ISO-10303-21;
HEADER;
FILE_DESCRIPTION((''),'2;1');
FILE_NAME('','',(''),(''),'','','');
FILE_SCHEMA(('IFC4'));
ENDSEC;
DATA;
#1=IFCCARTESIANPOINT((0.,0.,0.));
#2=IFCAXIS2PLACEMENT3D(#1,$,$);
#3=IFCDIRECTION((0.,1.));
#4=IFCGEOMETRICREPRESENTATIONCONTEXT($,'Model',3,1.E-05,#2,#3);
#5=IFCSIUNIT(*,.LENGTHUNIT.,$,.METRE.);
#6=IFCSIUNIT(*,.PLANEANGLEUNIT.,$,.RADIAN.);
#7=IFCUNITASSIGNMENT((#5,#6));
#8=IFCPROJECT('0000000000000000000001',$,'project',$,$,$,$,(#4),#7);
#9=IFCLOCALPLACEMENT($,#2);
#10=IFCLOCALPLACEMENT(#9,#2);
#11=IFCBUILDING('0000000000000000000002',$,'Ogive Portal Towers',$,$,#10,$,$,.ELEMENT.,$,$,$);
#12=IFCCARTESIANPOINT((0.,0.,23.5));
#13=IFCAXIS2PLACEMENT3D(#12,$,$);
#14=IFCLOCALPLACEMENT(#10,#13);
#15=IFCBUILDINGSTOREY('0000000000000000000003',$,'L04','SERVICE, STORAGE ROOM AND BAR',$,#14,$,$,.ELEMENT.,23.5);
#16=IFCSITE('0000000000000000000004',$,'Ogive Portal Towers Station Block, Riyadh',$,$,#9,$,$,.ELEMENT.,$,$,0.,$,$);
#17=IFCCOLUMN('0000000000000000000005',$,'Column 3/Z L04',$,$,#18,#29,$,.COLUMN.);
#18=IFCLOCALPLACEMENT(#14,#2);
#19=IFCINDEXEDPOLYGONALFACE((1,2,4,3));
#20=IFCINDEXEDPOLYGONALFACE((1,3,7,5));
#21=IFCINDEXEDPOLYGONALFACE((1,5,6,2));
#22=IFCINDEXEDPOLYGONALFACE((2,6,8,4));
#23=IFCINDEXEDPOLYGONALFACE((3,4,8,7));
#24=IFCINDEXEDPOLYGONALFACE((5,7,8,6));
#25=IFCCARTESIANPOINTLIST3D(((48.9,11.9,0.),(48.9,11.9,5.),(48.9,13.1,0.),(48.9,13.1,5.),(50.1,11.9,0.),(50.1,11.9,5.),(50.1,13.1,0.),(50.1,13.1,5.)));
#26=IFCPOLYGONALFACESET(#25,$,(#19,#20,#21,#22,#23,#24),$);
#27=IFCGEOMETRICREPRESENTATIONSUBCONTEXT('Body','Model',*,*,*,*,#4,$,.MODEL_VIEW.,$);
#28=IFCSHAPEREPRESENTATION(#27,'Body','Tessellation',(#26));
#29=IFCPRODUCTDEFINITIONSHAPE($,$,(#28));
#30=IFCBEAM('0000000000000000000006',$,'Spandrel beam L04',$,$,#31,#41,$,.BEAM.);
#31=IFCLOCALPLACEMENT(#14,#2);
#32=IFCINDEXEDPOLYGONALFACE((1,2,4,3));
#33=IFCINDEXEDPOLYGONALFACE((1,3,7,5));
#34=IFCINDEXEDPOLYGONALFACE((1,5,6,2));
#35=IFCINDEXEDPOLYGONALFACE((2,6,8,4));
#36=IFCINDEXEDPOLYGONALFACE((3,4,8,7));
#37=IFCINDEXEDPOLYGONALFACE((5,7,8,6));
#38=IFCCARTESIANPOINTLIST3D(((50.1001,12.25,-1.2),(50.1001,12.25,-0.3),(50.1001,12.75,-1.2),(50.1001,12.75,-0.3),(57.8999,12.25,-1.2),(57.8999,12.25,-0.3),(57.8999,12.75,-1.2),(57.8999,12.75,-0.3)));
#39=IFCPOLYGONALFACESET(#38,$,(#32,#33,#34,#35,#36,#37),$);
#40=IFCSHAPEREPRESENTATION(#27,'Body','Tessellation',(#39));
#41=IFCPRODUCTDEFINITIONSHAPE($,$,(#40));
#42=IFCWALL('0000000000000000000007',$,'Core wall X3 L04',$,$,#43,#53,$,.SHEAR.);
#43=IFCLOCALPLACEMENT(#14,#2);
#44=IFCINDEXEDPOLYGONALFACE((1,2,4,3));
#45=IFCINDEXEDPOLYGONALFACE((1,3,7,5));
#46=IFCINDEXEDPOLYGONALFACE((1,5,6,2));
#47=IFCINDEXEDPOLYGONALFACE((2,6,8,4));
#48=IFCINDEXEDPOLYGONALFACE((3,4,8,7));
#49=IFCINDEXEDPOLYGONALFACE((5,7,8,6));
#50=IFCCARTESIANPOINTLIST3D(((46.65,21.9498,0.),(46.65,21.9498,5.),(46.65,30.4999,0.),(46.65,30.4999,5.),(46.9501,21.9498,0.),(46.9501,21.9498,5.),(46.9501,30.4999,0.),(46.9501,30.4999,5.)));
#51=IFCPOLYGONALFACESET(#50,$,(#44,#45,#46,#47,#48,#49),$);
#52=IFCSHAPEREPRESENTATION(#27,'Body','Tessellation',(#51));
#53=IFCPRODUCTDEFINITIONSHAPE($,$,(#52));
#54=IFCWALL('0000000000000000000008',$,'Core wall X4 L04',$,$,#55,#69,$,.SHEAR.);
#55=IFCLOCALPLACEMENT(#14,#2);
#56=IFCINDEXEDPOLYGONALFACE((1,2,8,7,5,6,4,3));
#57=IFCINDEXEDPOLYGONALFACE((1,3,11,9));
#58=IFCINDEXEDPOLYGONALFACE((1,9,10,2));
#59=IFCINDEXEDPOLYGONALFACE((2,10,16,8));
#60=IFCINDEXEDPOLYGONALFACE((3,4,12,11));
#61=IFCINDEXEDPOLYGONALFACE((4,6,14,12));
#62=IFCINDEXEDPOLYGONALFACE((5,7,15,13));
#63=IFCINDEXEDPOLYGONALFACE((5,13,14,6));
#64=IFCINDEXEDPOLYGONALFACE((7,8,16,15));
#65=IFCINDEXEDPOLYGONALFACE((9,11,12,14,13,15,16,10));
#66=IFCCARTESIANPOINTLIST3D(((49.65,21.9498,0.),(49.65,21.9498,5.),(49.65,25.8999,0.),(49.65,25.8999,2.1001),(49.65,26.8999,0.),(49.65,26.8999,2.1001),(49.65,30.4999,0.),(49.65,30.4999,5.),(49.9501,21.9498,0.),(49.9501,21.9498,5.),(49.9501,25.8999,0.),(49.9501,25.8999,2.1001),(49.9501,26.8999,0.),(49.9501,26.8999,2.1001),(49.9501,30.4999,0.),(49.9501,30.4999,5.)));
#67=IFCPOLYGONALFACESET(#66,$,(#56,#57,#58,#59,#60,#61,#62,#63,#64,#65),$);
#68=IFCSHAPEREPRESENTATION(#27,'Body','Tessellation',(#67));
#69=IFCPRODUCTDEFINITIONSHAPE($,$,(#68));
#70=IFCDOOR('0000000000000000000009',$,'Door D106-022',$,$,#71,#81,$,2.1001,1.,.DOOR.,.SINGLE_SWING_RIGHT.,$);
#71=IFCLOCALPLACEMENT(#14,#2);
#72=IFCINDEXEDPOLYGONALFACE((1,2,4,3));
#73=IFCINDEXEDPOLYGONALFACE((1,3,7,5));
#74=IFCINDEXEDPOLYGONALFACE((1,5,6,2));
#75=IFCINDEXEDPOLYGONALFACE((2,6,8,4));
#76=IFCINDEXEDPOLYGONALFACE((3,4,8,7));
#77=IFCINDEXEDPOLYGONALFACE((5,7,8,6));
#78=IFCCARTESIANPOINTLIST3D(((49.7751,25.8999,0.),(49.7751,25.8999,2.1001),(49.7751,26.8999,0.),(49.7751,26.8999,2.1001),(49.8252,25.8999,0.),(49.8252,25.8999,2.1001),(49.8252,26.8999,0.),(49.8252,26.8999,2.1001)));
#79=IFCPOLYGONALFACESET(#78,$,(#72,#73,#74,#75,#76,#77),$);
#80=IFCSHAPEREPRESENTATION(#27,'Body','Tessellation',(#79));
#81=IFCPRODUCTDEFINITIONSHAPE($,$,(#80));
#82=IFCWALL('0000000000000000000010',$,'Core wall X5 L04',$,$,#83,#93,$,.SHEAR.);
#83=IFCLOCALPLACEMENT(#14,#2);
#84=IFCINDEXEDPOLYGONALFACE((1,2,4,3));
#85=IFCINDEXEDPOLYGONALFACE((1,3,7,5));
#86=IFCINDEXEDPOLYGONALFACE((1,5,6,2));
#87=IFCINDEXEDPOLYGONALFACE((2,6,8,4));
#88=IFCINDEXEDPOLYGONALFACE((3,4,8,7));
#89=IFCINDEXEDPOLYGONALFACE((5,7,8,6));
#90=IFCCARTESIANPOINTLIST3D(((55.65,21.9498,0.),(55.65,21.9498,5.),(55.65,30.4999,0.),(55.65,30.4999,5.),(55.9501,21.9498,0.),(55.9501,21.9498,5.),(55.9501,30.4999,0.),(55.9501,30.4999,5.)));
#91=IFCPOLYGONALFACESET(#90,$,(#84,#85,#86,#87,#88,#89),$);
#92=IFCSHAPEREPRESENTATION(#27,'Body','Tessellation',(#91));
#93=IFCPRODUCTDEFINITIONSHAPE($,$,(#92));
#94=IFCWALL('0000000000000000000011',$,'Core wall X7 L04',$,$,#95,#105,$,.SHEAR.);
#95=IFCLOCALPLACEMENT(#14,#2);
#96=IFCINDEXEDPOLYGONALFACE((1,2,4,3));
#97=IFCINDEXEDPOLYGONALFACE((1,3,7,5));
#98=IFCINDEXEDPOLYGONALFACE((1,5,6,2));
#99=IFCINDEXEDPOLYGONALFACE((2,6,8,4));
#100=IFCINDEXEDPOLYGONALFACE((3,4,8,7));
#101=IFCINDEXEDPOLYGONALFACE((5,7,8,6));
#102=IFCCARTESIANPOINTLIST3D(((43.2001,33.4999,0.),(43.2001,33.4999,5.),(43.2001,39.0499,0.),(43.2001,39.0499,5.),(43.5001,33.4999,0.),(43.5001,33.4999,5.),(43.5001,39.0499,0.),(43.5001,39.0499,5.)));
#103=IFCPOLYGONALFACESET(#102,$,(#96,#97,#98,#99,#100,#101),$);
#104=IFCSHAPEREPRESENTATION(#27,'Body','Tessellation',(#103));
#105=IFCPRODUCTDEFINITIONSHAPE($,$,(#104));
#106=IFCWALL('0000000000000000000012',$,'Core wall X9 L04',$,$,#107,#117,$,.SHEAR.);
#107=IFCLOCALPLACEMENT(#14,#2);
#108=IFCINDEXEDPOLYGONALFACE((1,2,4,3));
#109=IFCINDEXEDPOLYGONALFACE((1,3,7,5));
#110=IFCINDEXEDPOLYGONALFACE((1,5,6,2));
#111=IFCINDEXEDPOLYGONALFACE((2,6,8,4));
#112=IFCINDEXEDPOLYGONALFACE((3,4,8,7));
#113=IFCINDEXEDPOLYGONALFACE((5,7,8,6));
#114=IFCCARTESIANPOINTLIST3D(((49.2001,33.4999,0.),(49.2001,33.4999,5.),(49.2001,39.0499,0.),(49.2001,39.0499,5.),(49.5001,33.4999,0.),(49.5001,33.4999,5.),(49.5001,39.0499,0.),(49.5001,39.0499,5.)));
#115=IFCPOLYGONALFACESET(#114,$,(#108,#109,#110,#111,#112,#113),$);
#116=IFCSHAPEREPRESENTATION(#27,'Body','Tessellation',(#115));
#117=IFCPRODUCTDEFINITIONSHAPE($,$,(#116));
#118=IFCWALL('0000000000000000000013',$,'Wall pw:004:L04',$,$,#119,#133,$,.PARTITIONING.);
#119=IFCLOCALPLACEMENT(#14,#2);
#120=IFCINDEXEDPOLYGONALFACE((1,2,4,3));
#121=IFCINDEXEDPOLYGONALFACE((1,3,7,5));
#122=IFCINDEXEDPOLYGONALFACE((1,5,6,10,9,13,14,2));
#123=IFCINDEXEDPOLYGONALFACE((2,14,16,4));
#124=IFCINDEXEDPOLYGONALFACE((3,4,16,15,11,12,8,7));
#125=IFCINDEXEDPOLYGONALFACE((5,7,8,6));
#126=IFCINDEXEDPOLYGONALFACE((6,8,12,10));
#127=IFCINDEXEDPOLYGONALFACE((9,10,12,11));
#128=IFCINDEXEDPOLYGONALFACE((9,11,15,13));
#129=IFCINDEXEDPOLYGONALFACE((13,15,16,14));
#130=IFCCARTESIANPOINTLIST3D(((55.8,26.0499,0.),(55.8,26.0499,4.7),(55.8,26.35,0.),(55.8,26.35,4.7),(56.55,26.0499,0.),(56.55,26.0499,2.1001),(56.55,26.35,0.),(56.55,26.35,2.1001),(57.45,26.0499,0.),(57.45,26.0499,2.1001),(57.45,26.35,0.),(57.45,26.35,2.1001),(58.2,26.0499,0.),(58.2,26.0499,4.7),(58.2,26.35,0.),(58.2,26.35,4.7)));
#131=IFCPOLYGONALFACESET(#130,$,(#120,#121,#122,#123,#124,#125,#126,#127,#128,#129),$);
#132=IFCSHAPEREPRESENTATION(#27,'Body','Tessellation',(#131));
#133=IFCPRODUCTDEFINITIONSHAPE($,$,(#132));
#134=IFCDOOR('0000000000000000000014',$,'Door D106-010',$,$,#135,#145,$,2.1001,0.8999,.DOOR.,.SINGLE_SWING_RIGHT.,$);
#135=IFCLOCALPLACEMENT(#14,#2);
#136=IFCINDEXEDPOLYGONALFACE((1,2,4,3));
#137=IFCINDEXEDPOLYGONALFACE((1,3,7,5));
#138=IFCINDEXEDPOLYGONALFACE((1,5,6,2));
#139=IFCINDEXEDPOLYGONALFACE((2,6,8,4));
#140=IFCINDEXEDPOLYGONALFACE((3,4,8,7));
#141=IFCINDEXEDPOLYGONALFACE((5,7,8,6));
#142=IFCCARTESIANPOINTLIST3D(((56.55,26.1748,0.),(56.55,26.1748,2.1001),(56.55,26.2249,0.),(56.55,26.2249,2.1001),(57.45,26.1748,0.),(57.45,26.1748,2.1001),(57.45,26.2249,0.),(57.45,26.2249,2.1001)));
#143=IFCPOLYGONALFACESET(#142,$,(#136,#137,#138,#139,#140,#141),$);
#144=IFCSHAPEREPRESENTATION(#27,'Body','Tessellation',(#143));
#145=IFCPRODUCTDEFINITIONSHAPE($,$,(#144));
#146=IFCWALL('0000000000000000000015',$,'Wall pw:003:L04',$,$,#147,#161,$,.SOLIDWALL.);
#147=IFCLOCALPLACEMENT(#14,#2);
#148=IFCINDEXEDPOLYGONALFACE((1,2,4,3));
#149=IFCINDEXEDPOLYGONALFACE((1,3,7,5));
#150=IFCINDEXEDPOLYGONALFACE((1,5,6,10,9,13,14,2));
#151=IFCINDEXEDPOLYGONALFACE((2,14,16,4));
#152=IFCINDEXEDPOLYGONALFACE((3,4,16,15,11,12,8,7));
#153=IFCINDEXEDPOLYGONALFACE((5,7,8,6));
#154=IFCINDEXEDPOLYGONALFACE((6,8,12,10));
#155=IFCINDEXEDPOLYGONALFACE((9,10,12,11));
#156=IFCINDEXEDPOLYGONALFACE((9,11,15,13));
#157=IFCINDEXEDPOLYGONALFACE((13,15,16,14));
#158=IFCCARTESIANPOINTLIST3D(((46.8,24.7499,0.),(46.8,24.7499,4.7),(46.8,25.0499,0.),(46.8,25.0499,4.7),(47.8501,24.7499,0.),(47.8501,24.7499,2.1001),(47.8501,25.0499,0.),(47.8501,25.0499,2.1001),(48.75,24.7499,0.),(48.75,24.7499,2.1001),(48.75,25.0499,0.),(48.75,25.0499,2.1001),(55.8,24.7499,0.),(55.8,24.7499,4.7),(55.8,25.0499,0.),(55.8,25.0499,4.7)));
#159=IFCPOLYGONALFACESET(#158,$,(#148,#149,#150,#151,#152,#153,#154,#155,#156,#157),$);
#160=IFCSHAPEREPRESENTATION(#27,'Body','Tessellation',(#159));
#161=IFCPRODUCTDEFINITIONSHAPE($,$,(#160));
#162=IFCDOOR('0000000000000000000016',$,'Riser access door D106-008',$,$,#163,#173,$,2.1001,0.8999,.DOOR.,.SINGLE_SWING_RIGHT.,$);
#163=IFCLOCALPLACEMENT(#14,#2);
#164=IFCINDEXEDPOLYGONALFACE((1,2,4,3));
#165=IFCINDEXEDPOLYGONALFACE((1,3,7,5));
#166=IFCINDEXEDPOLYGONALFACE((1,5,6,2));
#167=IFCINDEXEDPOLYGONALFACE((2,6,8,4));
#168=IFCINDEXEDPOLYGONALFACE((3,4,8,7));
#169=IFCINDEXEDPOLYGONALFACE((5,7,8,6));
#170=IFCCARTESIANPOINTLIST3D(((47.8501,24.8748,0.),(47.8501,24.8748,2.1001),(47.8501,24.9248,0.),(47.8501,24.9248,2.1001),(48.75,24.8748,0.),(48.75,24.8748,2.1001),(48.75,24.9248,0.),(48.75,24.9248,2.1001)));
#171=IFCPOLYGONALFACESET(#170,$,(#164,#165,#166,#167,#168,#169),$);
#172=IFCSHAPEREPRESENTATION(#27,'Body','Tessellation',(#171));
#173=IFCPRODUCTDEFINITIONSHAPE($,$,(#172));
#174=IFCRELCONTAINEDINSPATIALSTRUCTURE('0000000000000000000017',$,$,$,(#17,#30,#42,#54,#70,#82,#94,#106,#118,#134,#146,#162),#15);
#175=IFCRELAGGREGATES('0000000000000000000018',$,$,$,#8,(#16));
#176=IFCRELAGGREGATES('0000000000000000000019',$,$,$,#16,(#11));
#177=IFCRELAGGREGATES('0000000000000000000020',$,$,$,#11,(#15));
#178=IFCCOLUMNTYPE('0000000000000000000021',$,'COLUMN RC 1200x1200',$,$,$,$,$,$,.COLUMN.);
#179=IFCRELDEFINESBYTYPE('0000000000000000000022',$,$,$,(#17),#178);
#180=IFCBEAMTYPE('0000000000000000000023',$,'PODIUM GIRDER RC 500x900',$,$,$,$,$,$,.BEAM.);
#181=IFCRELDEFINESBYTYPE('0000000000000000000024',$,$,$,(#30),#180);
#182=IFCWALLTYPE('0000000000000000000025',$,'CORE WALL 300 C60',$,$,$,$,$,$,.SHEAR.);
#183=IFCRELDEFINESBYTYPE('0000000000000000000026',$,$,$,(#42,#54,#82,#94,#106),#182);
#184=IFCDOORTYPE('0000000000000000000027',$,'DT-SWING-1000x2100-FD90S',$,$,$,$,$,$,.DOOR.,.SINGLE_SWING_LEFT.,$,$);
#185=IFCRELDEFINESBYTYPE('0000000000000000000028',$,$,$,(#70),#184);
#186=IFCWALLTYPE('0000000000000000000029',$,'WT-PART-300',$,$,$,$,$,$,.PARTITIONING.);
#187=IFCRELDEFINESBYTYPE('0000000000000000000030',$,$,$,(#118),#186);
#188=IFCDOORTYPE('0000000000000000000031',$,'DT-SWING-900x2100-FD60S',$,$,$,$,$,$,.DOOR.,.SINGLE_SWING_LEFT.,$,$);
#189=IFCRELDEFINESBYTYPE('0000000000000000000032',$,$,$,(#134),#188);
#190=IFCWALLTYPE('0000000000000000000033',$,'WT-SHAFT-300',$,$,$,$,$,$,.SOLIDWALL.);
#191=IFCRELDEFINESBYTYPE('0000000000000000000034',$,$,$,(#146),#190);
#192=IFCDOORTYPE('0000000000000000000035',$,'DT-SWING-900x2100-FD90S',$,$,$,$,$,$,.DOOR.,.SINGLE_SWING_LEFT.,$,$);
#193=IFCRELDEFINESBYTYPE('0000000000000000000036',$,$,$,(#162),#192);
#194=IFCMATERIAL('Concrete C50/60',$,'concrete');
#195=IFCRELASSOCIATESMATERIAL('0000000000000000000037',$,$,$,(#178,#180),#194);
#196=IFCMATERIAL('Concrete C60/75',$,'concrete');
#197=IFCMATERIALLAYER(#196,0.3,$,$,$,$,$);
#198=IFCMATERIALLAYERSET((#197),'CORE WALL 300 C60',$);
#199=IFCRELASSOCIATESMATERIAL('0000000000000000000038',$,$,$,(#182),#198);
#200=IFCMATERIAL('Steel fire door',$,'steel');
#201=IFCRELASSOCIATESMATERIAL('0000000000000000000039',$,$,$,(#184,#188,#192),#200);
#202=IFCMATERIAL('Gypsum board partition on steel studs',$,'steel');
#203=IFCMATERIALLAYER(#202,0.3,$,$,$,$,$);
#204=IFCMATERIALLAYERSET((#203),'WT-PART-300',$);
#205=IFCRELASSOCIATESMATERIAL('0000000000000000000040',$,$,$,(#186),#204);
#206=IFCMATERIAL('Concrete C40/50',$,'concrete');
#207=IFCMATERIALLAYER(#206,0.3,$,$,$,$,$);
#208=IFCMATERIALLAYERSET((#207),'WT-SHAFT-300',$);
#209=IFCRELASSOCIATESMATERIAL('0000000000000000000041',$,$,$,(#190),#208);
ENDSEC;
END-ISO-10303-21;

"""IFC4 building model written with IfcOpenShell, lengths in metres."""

from ifc_helpers import new_model, si_unit, direction, frame, frame_2d, origin, origin_2d, place, context, subcontext, project, spatial, rectangle, extrude, material, layer, layer_set, material_profile, profile_set, type_object, element, fill, save


model = new_model("IFC4")

# Units and contexts
model_context = context("Model", 3, precision=1e-05, world=origin(), true_north=direction((0.0, 1.0)))
body_context = subcontext(model_context, "Body", "Model", "MODEL_VIEW")
ifc_project = project(units=[si_unit("LENGTHUNIT", "METRE"), si_unit("PLANEANGLEUNIT", "RADIAN")], contexts=[model_context])

# Site, building, storey
site_placement = place(None, origin())
site = spatial("IfcSite", under=ifc_project, at=site_placement, Name="Ogive Portal Towers Station Block, Riyadh", CompositionType="ELEMENT", RefElevation=0.0)
building_placement = place(site_placement, origin())
building = spatial("IfcBuilding", under=site, at=building_placement, Name="Ogive Portal Towers", CompositionType="ELEMENT")
storey_placement = place(building_placement, frame((0.0, 0.0, 23.5)))
storey = spatial("IfcBuildingStorey", under=building, at=storey_placement, Name="L04", Description="SERVICE, STORAGE ROOM AND BAR", CompositionType="ELEMENT", Elevation=23.5)

# Column
ifc_material_1 = material(Name="Concrete C50/60", Category="concrete")
ifc_material_profile_1 = material_profile(ifc_material_1, rectangle(XDim=1.2, YDim=1.2, at=origin_2d()), Name="RC 1200x1200")
ifc_profile_set_1 = profile_set([ifc_material_profile_1], Name="Concrete C50/60")
column_type = type_object("IfcColumnType", Name="COLUMN RC 1200x1200", PredefinedType="COLUMN", material=ifc_profile_set_1)
column_placement = place(storey_placement, frame((49.5, 12.5, 0.0), z_axis=(0.0, 0.0, 1.0), x_axis=(1.0, 0.0, 0.0)))
element("IfcColumn", 1, at=column_placement, inside=storey, type_object=column_type, Name="Column 3/Z L04", PredefinedType="COLUMN", context=body_context, shape_type="SweptSolid", body=[
    extrude(rectangle(XDim=1.2, YDim=1.2, at=origin_2d()), origin(), (0.0, 0.0, 1.0), 5.0),
])

# Beam
ifc_material_profile_2 = material_profile(ifc_material_1, rectangle(XDim=0.5, YDim=0.8999, at=origin_2d()), Name="RC 500x900")
ifc_profile_set_2 = profile_set([ifc_material_profile_2], Name="Concrete C50/60")
beam_type = type_object("IfcBeamType", Name="PODIUM GIRDER RC 500x900", PredefinedType="BEAM", material=ifc_profile_set_2)
beam_placement = place(storey_placement, frame((50.1001, 12.5, -0.75), z_axis=(1.0, 0.0, 0.0), x_axis=(0.0, 1.0, 0.0)))
element("IfcBeam", 2, at=beam_placement, inside=storey, type_object=beam_type, Name="Spandrel beam L04", PredefinedType="BEAM", context=body_context, shape_type="SweptSolid", body=[
    extrude(rectangle(XDim=0.5, YDim=0.8999, at=origin_2d()), origin(), (0.0, 0.0, 1.0), 7.7998),
])

# Wall
ifc_material_2 = material(Name="Concrete C60/75", Category="concrete")
ifc_layer_1 = layer(ifc_material_2, 0.3)
ifc_layer_set_1 = layer_set([ifc_layer_1], Name="CORE WALL 300 C60")
wall_type_1 = type_object("IfcWallType", Name="CORE WALL 300 C60", PredefinedType="SHEAR", material=ifc_layer_set_1)
wall_1_placement = place(storey_placement, frame((46.8, 21.95, 0.0), z_axis=(0.0, 0.0, 1.0), x_axis=(0.0, 1.0, 0.0)))
element("IfcWall", 3, at=wall_1_placement, inside=storey, type_object=wall_type_1, Name="Core wall X3 L04", PredefinedType="SHEAR", context=body_context, shape_type="SweptSolid", body=[
    extrude(rectangle(XDim=8.55, YDim=0.3, at=frame_2d((4.2749, 0.0))), origin(), (0.0, 0.0, 1.0), 5.0),
])

# Wall, opening, door
wall_2_placement = place(storey_placement, frame((49.8, 21.95, 0.0), z_axis=(0.0, 0.0, 1.0), x_axis=(0.0, 1.0, 0.0)))
wall_2 = element("IfcWall", 4, at=wall_2_placement, inside=storey, type_object=wall_type_1, Name="Core wall X4 L04", PredefinedType="SHEAR", context=body_context, shape_type="SweptSolid", body=[
    extrude(rectangle(XDim=8.55, YDim=0.3, at=frame_2d((4.2749, 0.0))), origin(), (0.0, 0.0, 1.0), 5.0),
])
opening_1_placement = place(wall_2_placement, frame((3.95, 0.0, 0.0)))
opening_1 = element("IfcOpeningElement", 5, at=opening_1_placement, cuts=wall_2, PredefinedType="OPENING", context=body_context, shape_type="SweptSolid", body=[
    extrude(rectangle(XDim=1.0, YDim=2.1001, at=frame_2d((0.5, 1.05))), frame((0.0, 0.1602, 0.0), z_axis=(0.0, -1.0, 0.0), x_axis=(1.0, 0.0, 0.0)), (0.0, 0.0, 1.0), 0.3201),
])
ifc_material_3 = material(Name="Steel fire door", Category="steel")
door_type_1 = type_object("IfcDoorType", Name="DT-SWING-1000x2100-FD90S", OperationType="SINGLE_SWING_LEFT", PredefinedType="DOOR", material=ifc_material_3)
door_1_placement = place(opening_1_placement, origin())
door_1 = element("IfcDoor", 6, at=door_1_placement, inside=storey, type_object=door_type_1, Name="Door D106-022", OperationType="SINGLE_SWING_RIGHT", OverallHeight=2.1001, OverallWidth=1.0, PredefinedType="DOOR", context=body_context, shape_type="SweptSolid", body=[
    extrude(rectangle(XDim=1.0, YDim=2.1001, at=frame_2d((0.5, 1.05))), frame((0.0, 0.0249, 0.0), z_axis=(0.0, -1.0, 0.0), x_axis=(1.0, 0.0, 0.0)), (0.0, 0.0, 1.0), 0.05),
])
fill(opening_1, door_1)

# Walls
wall_3_placement = place(storey_placement, frame((55.8, 21.95, 0.0), z_axis=(0.0, 0.0, 1.0), x_axis=(0.0, 1.0, 0.0)))
element("IfcWall", 7, at=wall_3_placement, inside=storey, type_object=wall_type_1, Name="Core wall X5 L04", PredefinedType="SHEAR", context=body_context, shape_type="SweptSolid", body=[
    extrude(rectangle(XDim=8.55, YDim=0.3, at=frame_2d((4.2749, 0.0))), origin(), (0.0, 0.0, 1.0), 5.0),
])
for number, where, z_axis, x_axis, name in (
    (8, (43.3501, 33.5, 0.0), (0.0, 0.0, 1.0), (0.0, 1.0, 0.0), "Core wall X7 L04"),
    (9, (49.3501, 33.5, 0.0), (0.0, 0.0, 1.0), (0.0, 1.0, 0.0), "Core wall X9 L04"),
):
    element("IfcWall", number, at=place(storey_placement, frame(where, z_axis=z_axis, x_axis=x_axis)), inside=storey, type_object=wall_type_1, Name=name, PredefinedType="SHEAR", context=body_context, shape_type="SweptSolid", body=[
        extrude(rectangle(XDim=5.55, YDim=0.3, at=frame_2d((2.7749, 0.0))), origin(), (0.0, 0.0, 1.0), 5.0),
    ])

# Walls, openings, doors
ifc_material_4 = material(Name="Gypsum board partition on steel studs", Category="steel")
ifc_layer_2 = layer(ifc_material_4, 0.3)
ifc_layer_set_2 = layer_set([ifc_layer_2], Name="WT-PART-300")
wall_type_2 = type_object("IfcWallType", Name="WT-PART-300", PredefinedType="PARTITIONING", material=ifc_layer_set_2)
wall_4_placement = place(storey_placement, frame((55.8, 26.2, 0.0), z_axis=(0.0, 0.0, 1.0), x_axis=(1.0, 0.0, 0.0)))
wall_4 = element("IfcWall", 10, at=wall_4_placement, inside=storey, type_object=wall_type_2, Name="Wall pw:004:L04", PredefinedType="PARTITIONING", context=body_context, shape_type="SweptSolid", body=[
    extrude(rectangle(XDim=2.3999, YDim=0.3, at=frame_2d((1.2, 0.0))), origin(), (0.0, 0.0, 1.0), 4.7),
])
opening_2_placement = place(wall_4_placement, frame((0.75, 0.0, 0.0)))
opening_2 = element("IfcOpeningElement", 11, at=opening_2_placement, cuts=wall_4, PredefinedType="OPENING", context=body_context, shape_type="SweptSolid", body=[
    extrude(rectangle(XDim=0.8999, YDim=2.1001, at=frame_2d((0.45, 1.05))), frame((0.0, 0.1602, 0.0), z_axis=(0.0, -1.0, 0.0), x_axis=(1.0, 0.0, 0.0)), (0.0, 0.0, 1.0), 0.3201),
])
door_type_2 = type_object("IfcDoorType", Name="DT-SWING-900x2100-FD60S", OperationType="SINGLE_SWING_LEFT", PredefinedType="DOOR", material=ifc_material_3)
door_2_placement = place(opening_2_placement, origin())
door_2 = element("IfcDoor", 12, at=door_2_placement, inside=storey, type_object=door_type_2, Name="Door D106-010", OperationType="SINGLE_SWING_RIGHT", OverallHeight=2.1001, OverallWidth=0.8999, PredefinedType="DOOR", context=body_context, shape_type="SweptSolid", body=[
    extrude(rectangle(XDim=0.8999, YDim=2.1001, at=frame_2d((0.45, 1.05))), frame((0.0, 0.0249, 0.0), z_axis=(0.0, -1.0, 0.0), x_axis=(1.0, 0.0, 0.0)), (0.0, 0.0, 1.0), 0.05),
])
fill(opening_2, door_2)
ifc_material_5 = material(Name="Concrete C40/50", Category="concrete")
ifc_layer_3 = layer(ifc_material_5, 0.3)
ifc_layer_set_3 = layer_set([ifc_layer_3], Name="WT-SHAFT-300")
wall_type_3 = type_object("IfcWallType", Name="WT-SHAFT-300", PredefinedType="SOLIDWALL", material=ifc_layer_set_3)
wall_5_placement = place(storey_placement, frame((46.8, 24.8999, 0.0), z_axis=(0.0, 0.0, 1.0), x_axis=(1.0, 0.0, 0.0)))
wall_5 = element("IfcWall", 13, at=wall_5_placement, inside=storey, type_object=wall_type_3, Name="Wall pw:003:L04", PredefinedType="SOLIDWALL", context=body_context, shape_type="SweptSolid", body=[
    extrude(rectangle(XDim=9.0, YDim=0.3, at=frame_2d((4.5, 0.0))), origin(), (0.0, 0.0, 1.0), 4.7),
])
opening_3_placement = place(wall_5_placement, frame((1.05, 0.0, 0.0)))
opening_3 = element("IfcOpeningElement", 14, at=opening_3_placement, cuts=wall_5, PredefinedType="OPENING", context=body_context, shape_type="SweptSolid", body=[
    extrude(rectangle(XDim=0.8999, YDim=2.1001, at=frame_2d((0.45, 1.05))), frame((0.0, 0.1602, 0.0), z_axis=(0.0, -1.0, 0.0), x_axis=(1.0, 0.0, 0.0)), (0.0, 0.0, 1.0), 0.3201),
])
door_type_3 = type_object("IfcDoorType", Name="DT-SWING-900x2100-FD90S", OperationType="SINGLE_SWING_LEFT", PredefinedType="DOOR", material=ifc_material_3)
door_3_placement = place(opening_3_placement, origin())
door_3 = element("IfcDoor", 15, at=door_3_placement, inside=storey, type_object=door_type_3, Name="Riser access door D106-008", OperationType="SINGLE_SWING_RIGHT", OverallHeight=2.1001, OverallWidth=0.8999, PredefinedType="DOOR", context=body_context, shape_type="SweptSolid", body=[
    extrude(rectangle(XDim=0.8999, YDim=2.1001, at=frame_2d((0.45, 1.05))), frame((0.0, 0.0249, 0.0), z_axis=(0.0, -1.0, 0.0), x_axis=(1.0, 0.0, 0.0)), (0.0, 0.0, 1.0), 0.05),
])
fill(opening_3, door_3)

save(model, "model.ifc")
